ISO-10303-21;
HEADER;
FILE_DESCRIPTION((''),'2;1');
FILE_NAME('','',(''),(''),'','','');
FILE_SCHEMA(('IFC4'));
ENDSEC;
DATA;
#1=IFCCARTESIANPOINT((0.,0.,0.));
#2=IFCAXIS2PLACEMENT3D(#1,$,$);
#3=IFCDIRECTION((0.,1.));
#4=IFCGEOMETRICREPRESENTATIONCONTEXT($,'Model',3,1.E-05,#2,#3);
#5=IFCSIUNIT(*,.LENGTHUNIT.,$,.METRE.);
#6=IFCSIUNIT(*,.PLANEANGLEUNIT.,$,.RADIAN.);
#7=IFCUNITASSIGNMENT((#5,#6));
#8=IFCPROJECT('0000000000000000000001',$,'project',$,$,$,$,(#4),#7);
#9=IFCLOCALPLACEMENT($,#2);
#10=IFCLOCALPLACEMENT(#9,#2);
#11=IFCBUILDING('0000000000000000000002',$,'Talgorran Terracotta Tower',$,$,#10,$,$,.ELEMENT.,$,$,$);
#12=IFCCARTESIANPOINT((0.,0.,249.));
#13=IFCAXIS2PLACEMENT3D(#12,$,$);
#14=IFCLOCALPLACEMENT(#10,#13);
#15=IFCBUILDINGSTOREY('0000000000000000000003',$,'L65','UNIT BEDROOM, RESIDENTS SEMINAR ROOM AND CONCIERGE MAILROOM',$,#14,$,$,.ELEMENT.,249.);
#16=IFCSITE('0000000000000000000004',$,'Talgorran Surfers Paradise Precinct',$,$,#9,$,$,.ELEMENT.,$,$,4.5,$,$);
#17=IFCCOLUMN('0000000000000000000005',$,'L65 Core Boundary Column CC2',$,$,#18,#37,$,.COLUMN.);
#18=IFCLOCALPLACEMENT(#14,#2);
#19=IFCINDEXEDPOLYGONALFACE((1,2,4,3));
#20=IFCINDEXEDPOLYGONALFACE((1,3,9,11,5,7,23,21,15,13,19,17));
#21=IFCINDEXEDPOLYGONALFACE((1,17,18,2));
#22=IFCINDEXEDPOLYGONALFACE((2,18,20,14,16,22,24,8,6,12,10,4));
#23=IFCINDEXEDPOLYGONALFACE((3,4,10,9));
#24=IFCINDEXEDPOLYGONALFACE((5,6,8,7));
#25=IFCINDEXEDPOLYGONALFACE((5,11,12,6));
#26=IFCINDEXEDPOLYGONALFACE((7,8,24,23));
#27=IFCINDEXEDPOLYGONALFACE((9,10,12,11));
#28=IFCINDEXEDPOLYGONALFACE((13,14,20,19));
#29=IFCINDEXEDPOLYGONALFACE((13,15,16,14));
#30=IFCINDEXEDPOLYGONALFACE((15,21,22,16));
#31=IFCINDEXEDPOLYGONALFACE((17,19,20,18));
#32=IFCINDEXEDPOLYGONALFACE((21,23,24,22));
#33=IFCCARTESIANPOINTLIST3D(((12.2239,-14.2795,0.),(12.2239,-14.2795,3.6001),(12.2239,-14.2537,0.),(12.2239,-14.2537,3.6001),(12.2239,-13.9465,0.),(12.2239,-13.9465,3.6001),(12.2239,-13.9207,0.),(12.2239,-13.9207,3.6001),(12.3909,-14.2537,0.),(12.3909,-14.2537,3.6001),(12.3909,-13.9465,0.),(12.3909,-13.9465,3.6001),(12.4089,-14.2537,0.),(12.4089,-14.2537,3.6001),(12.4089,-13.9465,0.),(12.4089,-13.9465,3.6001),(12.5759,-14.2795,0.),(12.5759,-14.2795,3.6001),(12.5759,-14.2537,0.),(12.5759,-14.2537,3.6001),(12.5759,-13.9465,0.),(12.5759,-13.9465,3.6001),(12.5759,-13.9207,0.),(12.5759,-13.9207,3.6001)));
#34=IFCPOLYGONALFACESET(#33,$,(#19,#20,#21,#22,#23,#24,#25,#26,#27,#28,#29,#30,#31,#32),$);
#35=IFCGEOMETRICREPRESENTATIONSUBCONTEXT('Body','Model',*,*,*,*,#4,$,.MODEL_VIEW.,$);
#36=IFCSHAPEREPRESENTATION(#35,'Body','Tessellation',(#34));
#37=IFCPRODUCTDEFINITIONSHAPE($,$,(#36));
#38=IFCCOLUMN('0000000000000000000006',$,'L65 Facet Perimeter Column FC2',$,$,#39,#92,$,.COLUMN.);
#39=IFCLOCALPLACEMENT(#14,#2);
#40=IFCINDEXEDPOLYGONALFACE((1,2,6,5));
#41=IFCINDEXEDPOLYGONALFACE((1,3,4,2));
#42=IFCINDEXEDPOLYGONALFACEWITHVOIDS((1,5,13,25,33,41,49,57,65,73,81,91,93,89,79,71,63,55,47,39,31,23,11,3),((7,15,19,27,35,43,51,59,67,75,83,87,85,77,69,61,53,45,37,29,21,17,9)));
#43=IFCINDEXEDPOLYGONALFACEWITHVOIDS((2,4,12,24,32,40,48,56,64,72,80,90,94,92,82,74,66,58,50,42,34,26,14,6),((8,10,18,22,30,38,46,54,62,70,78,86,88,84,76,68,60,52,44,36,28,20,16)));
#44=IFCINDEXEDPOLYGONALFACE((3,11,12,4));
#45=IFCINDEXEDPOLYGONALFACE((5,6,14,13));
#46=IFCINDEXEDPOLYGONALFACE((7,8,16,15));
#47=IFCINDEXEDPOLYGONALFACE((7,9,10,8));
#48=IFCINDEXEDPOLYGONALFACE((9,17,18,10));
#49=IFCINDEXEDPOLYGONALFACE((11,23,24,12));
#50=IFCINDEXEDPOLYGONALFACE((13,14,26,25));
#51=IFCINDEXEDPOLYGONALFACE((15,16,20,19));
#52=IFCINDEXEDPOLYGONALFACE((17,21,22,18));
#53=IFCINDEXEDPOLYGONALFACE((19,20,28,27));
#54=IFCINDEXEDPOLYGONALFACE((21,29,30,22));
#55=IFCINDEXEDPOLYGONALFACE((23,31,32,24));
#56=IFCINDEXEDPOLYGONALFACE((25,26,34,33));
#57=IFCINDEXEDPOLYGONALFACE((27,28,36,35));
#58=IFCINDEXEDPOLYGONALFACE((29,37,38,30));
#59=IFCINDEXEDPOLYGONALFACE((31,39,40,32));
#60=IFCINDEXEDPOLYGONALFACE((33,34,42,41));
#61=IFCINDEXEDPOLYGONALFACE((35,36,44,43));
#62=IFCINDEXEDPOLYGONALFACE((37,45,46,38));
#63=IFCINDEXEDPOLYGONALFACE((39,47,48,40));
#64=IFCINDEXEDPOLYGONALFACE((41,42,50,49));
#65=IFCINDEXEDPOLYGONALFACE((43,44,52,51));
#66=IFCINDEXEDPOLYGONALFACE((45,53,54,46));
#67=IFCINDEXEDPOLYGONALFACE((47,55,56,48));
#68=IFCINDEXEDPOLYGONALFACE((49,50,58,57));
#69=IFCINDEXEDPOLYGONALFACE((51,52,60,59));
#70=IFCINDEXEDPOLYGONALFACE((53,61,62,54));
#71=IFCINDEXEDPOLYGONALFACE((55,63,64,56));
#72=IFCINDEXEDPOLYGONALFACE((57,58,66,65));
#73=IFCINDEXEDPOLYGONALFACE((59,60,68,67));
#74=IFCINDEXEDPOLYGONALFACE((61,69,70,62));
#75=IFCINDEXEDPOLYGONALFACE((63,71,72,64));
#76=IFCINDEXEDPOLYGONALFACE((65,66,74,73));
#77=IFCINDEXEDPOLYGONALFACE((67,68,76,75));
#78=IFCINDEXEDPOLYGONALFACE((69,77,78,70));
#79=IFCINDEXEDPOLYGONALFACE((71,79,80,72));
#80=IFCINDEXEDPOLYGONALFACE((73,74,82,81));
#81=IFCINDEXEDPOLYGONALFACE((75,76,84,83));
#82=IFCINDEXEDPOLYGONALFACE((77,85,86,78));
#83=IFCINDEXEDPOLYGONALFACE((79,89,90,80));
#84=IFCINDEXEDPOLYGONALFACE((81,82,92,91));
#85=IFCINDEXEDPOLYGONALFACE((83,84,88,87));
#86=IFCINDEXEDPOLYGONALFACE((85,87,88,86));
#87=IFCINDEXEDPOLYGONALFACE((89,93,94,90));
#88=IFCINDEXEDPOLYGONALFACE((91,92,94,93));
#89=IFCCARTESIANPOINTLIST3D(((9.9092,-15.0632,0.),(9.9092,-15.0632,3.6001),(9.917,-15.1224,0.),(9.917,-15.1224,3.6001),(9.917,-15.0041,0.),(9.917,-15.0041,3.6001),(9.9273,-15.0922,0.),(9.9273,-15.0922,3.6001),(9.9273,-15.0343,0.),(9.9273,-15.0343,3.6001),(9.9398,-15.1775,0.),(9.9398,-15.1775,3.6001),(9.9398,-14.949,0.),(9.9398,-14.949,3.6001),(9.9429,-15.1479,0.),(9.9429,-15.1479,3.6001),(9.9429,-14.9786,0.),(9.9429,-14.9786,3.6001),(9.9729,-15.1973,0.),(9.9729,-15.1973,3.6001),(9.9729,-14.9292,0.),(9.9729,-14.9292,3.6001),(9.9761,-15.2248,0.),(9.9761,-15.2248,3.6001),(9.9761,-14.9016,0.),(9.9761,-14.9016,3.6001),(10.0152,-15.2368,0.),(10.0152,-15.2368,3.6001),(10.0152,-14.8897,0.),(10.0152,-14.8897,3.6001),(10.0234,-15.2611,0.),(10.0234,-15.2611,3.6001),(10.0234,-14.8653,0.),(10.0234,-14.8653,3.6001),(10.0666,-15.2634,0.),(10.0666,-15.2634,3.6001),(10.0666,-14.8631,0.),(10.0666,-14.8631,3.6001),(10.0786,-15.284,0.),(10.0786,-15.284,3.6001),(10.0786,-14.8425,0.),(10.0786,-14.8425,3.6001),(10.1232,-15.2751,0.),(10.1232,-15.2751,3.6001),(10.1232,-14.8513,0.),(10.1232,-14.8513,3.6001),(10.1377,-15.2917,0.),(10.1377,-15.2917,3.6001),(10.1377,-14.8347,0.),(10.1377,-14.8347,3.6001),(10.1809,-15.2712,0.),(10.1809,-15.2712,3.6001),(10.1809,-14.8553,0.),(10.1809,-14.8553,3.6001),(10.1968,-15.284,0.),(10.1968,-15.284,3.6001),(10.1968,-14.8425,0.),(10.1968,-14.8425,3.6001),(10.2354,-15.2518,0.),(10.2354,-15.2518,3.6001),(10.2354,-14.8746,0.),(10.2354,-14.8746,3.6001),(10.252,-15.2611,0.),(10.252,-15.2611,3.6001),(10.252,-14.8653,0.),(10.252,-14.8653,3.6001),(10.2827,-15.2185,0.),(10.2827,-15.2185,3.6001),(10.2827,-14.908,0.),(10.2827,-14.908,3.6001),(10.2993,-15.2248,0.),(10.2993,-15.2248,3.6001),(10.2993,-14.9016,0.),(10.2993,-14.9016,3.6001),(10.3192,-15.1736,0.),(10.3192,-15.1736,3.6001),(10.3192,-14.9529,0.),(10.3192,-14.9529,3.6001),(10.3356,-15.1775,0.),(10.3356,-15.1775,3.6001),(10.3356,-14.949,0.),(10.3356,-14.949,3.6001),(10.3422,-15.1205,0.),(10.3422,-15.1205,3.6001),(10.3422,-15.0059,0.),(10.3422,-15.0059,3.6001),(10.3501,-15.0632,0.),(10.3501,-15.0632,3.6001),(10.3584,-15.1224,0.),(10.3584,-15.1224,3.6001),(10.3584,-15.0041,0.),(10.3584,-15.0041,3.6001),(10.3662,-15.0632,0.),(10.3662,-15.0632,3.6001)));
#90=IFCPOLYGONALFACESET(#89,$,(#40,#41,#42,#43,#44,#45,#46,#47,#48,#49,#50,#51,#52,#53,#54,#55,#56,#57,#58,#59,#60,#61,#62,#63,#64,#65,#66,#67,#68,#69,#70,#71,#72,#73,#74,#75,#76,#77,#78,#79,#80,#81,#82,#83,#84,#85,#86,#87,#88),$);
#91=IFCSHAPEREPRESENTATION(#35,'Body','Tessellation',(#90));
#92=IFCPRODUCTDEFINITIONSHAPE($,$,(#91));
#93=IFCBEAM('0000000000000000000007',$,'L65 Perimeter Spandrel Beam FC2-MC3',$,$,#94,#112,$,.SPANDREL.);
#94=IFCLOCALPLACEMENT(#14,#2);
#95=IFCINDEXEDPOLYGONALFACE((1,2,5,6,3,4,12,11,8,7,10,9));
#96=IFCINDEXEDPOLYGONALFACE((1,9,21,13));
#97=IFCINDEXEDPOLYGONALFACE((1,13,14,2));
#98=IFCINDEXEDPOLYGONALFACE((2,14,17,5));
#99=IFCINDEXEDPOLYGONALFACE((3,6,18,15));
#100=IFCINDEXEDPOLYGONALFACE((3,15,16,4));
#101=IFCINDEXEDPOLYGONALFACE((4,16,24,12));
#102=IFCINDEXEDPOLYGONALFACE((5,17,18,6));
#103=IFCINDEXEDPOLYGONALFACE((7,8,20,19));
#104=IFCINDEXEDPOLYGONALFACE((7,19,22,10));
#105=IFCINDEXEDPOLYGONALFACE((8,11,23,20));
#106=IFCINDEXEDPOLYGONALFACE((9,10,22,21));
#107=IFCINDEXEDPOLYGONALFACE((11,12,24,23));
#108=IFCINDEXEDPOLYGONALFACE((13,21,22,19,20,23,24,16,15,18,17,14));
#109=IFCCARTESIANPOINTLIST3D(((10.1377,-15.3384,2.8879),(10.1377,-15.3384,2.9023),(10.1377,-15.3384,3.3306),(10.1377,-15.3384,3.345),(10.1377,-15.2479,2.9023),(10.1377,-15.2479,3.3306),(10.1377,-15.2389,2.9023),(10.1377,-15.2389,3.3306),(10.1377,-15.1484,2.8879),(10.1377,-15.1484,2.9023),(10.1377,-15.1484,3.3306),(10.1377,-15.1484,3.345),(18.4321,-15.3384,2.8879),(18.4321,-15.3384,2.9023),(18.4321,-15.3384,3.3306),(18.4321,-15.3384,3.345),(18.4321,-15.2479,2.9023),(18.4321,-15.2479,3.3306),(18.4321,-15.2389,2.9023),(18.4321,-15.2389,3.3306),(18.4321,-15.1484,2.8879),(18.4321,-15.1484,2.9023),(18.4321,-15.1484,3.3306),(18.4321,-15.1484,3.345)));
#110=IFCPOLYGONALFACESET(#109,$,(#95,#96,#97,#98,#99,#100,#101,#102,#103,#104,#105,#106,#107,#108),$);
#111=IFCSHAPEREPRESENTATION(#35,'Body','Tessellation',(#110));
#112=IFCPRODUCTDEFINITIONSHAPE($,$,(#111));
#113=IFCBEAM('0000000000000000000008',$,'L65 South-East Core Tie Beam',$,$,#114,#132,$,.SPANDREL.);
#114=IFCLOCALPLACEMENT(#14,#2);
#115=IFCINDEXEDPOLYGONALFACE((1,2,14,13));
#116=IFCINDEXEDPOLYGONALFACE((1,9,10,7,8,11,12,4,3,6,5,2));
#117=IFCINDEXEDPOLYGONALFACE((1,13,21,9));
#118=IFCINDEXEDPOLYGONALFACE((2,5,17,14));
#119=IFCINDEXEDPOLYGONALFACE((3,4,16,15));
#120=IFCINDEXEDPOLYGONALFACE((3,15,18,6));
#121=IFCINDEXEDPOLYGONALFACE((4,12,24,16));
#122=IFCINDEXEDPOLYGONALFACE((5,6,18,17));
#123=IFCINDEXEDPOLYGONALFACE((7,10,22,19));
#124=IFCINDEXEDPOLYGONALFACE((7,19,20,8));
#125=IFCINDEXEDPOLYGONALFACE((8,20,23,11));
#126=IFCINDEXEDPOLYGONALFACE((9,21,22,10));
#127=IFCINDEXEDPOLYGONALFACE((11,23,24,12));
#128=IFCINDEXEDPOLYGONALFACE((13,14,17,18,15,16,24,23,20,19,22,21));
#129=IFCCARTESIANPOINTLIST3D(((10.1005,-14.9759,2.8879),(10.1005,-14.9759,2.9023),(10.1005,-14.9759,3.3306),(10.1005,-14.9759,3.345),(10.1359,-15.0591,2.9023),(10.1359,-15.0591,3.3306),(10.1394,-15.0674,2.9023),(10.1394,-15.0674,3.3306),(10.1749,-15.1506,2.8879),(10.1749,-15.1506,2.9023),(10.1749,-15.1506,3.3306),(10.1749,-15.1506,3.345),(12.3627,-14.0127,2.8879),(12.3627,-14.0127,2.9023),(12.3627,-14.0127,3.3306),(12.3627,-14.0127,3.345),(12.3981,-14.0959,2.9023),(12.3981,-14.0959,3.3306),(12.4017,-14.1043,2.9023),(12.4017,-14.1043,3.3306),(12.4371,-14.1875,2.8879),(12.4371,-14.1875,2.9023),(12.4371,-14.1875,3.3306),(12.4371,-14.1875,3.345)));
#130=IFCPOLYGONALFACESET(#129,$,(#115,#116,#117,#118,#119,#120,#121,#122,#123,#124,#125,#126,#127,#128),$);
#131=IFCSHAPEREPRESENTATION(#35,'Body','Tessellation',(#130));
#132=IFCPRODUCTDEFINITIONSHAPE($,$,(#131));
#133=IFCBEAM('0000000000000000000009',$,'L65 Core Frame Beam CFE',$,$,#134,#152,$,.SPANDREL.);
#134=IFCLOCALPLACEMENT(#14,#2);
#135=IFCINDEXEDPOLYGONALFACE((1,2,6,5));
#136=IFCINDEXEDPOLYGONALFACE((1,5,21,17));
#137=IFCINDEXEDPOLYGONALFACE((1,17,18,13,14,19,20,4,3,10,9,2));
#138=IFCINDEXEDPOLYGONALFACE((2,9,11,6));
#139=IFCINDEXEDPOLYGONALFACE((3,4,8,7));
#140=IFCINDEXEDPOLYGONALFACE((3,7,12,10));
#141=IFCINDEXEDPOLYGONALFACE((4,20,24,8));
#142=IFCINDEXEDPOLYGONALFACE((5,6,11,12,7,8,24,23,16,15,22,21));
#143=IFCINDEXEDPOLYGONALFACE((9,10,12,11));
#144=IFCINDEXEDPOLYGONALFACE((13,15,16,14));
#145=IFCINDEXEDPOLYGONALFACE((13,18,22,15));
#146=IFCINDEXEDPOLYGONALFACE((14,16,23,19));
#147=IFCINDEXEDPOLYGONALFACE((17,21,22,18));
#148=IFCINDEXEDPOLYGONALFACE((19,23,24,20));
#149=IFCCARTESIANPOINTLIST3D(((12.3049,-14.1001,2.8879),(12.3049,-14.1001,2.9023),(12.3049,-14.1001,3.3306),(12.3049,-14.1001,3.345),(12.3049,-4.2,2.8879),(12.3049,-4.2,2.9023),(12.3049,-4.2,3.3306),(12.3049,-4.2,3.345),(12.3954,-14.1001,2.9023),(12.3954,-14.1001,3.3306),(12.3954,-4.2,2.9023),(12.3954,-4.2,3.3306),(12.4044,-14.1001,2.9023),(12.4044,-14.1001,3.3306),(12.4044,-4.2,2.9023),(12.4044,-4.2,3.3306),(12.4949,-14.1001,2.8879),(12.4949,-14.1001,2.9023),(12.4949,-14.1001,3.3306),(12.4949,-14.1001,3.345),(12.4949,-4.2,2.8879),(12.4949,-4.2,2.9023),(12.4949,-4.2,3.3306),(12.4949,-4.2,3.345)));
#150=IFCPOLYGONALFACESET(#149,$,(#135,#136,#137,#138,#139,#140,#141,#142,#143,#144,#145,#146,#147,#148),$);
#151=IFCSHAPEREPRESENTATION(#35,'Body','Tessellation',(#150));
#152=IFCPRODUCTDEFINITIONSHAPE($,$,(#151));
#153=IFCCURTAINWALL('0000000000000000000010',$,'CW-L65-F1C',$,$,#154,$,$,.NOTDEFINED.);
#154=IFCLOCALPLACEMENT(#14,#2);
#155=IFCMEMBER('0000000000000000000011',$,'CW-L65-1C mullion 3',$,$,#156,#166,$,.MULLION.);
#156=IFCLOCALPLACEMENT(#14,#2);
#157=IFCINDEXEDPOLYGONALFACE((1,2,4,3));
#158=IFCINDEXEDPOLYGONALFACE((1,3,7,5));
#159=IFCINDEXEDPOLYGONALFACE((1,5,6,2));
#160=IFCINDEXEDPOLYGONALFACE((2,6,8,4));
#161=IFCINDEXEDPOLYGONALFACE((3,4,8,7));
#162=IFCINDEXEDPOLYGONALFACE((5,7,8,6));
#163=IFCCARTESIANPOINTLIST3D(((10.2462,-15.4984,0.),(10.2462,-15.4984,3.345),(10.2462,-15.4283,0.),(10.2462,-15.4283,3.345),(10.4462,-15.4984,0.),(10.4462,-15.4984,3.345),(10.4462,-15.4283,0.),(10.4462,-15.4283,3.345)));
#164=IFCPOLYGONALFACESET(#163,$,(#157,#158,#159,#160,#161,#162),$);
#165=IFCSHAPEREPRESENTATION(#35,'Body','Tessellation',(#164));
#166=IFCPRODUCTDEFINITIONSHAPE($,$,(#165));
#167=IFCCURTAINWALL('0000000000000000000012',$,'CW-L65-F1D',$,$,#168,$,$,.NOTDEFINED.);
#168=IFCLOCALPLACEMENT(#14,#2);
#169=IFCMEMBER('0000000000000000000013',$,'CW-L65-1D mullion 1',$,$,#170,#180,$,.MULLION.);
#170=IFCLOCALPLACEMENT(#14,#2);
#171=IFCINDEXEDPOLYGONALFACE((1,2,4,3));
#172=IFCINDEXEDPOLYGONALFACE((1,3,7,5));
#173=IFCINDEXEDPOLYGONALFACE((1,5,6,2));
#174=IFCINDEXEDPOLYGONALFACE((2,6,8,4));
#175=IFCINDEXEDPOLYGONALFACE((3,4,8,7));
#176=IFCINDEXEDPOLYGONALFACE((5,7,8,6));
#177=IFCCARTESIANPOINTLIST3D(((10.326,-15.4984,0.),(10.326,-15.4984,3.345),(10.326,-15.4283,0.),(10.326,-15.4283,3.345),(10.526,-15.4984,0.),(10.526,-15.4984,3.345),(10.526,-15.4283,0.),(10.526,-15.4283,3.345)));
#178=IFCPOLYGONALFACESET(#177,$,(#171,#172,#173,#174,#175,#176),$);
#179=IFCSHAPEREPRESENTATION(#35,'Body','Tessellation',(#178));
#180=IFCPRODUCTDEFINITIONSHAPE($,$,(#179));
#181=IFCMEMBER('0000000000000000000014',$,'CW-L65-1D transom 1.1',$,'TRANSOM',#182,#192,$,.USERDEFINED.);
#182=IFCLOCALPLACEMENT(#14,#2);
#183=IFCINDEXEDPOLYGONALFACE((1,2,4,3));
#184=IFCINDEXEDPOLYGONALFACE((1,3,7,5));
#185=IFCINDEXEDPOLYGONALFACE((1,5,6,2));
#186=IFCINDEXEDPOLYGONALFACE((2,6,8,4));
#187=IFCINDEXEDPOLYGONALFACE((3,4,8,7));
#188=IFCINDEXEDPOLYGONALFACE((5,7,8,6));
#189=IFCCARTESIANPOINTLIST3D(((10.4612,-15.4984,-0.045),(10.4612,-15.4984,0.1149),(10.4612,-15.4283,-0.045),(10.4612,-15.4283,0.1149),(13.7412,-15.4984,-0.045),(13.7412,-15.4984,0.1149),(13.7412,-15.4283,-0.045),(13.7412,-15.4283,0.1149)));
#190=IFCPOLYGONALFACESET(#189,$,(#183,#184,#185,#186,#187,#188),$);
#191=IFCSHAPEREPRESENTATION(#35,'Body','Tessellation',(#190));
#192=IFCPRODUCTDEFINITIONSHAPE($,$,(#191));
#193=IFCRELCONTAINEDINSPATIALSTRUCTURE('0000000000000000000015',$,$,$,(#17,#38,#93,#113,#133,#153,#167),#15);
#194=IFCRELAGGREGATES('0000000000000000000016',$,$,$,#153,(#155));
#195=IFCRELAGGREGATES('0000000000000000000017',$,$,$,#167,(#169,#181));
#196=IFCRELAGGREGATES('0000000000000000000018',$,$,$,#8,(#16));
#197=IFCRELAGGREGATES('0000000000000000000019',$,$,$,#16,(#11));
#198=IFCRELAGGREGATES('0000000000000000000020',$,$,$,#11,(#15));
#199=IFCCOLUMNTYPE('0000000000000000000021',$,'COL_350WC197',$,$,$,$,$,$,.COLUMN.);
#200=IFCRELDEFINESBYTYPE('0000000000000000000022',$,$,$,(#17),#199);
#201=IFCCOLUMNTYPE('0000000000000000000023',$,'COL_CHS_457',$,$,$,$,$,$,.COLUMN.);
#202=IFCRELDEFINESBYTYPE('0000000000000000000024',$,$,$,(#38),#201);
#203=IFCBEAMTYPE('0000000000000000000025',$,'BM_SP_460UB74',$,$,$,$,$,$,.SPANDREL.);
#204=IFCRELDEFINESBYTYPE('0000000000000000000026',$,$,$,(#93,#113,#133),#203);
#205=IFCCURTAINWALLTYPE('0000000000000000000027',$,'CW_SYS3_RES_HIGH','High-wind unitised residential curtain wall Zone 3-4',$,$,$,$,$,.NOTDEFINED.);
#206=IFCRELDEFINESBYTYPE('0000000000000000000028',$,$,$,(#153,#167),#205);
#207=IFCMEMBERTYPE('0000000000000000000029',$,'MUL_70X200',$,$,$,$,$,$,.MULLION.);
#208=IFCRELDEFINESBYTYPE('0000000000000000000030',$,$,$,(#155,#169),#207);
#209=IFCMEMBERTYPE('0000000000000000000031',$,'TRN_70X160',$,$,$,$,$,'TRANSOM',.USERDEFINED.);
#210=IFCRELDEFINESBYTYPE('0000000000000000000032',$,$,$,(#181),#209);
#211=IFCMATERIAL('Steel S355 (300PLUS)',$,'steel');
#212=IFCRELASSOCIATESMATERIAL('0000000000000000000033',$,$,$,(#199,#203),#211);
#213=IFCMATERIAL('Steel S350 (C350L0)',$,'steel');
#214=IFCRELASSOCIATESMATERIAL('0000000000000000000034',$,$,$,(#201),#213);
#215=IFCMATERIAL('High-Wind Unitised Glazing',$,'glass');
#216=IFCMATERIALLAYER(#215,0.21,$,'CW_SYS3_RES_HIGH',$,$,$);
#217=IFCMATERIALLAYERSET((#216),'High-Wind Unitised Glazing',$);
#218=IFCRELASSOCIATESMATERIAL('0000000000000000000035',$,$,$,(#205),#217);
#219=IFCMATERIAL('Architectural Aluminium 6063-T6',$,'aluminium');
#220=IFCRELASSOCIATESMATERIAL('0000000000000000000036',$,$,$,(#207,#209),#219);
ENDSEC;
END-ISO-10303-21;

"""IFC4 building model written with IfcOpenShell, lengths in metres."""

from ifc_helpers import new_model, si_unit, direction, frame, origin, origin_2d, place, context, subcontext, project, spatial, rectangle, hollow_circle, i_section, extrude, material, layer, layer_set, material_profile, profile_set, type_object, element, aggregate, save


model = new_model("IFC4")

# Units and contexts
model_context = context("Model", 3, precision=1e-05, world=origin(), true_north=direction((0.0, 1.0)))
body_context = subcontext(model_context, "Body", "Model", "MODEL_VIEW")
ifc_project = project(units=[si_unit("LENGTHUNIT", "METRE"), si_unit("PLANEANGLEUNIT", "RADIAN")], contexts=[model_context])

# Site, building, storey
site_placement = place(None, origin())
site = spatial("IfcSite", under=ifc_project, at=site_placement, Name="Talgorran Surfers Paradise Precinct", CompositionType="ELEMENT", RefElevation=4.5)
building_placement = place(site_placement, origin())
building = spatial("IfcBuilding", under=site, at=building_placement, Name="Talgorran Terracotta Tower", CompositionType="ELEMENT")
storey_placement = place(building_placement, frame((0.0, 0.0, 249.0)))
storey = spatial("IfcBuildingStorey", under=building, at=storey_placement, Name="L65", Description="UNIT BEDROOM, RESIDENTS SEMINAR ROOM AND CONCIERGE MAILROOM", CompositionType="ELEMENT", Elevation=249.0)

# Columns
ifc_material_1 = material(Name="Steel S355 (300PLUS)", Category="steel")
ifc_material_profile_1 = material_profile(ifc_material_1, i_section(OverallWidth=0.3521, OverallDepth=0.3589, WebThickness=0.0181, FlangeThickness=0.0259, at=origin_2d()), Name="350WC197")
ifc_profile_set_1 = profile_set([ifc_material_profile_1], Name="Steel S355 (300PLUS)")
column_type_1 = type_object("IfcColumnType", Name="COL_350WC197", PredefinedType="COLUMN", material=ifc_profile_set_1)
column_1_placement = place(storey_placement, frame((12.3999, -14.1001, 0.0), z_axis=(0.0, 0.0, 1.0), x_axis=(1.0, 0.0, 0.0)))
element("IfcColumn", 1, at=column_1_placement, inside=storey, type_object=column_type_1, Name="L65 Core Boundary Column CC2", PredefinedType="COLUMN", context=body_context, shape_type="SweptSolid", body=[
    extrude(i_section(OverallWidth=0.3521, OverallDepth=0.3589, WebThickness=0.0181, FlangeThickness=0.0259, at=origin_2d()), origin(), (0.0, 0.0, 1.0), 3.6001),
])
ifc_material_2 = material(Name="Steel S350 (C350L0)", Category="steel")
ifc_material_profile_2 = material_profile(ifc_material_2, hollow_circle(Radius=0.2285, WallThickness=0.0161, at=origin_2d()), Name="CHS457X16")
ifc_profile_set_2 = profile_set([ifc_material_profile_2], Name="Steel S350 (C350L0)")
column_type_2 = type_object("IfcColumnType", Name="COL_CHS_457", PredefinedType="COLUMN", material=ifc_profile_set_2)
column_2_placement = place(storey_placement, frame((10.1377, -15.0632, 0.0), z_axis=(0.0, 0.0, 1.0), x_axis=(1.0, 0.0, 0.0)))
element("IfcColumn", 2, at=column_2_placement, inside=storey, type_object=column_type_2, Name="L65 Facet Perimeter Column FC2", PredefinedType="COLUMN", context=body_context, shape_type="SweptSolid", body=[
    extrude(hollow_circle(Radius=0.2285, WallThickness=0.0161, at=origin_2d()), origin(), (0.0, 0.0, 1.0), 3.6001),
])

# Beams
ifc_material_profile_3 = material_profile(ifc_material_1, i_section(OverallWidth=0.1899, OverallDepth=0.457, WebThickness=0.009, FlangeThickness=0.0144, at=origin_2d()), Name="460UB74.6")
ifc_profile_set_3 = profile_set([ifc_material_profile_3], Name="Steel S355 (300PLUS)")
beam_type = type_object("IfcBeamType", Name="BM_SP_460UB74", PredefinedType="SPANDREL", material=ifc_profile_set_3)
beam_1_placement = place(storey_placement, frame((10.1377, -15.2434, 3.1165), z_axis=(1.0, 0.0, 0.0), x_axis=(0.0, 1.0, 0.0)))
element("IfcBeam", 3, at=beam_1_placement, inside=storey, type_object=beam_type, Name="L65 Perimeter Spandrel Beam FC2-MC3", PredefinedType="SPANDREL", context=body_context, shape_type="SweptSolid", body=[
    extrude(i_section(OverallWidth=0.1899, OverallDepth=0.457, WebThickness=0.009, FlangeThickness=0.0144, at=origin_2d()), origin(), (0.0, 0.0, 1.0), 8.2944),
])
beam_2_placement = place(storey_placement, frame((12.3999, -14.1001, 3.1165), z_axis=(-0.920082, -0.391725, 0.0), x_axis=(0.391725, -0.920082, 0.0)))
element("IfcBeam", 4, at=beam_2_placement, inside=storey, type_object=beam_type, Name="L65 South-East Core Tie Beam", PredefinedType="SPANDREL", context=body_context, shape_type="SweptSolid", body=[
    extrude(i_section(OverallWidth=0.1899, OverallDepth=0.457, WebThickness=0.009, FlangeThickness=0.0144, at=origin_2d()), origin(), (0.0, 0.0, 1.0), 2.4587),
])
beam_3_placement = place(storey_placement, frame((12.3999, -14.1001, 3.1165), z_axis=(0.0, 1.0, 0.0), x_axis=(-1.0, 0.0, 0.0)))
element("IfcBeam", 5, at=beam_3_placement, inside=storey, type_object=beam_type, Name="L65 Core Frame Beam CFE", PredefinedType="SPANDREL", context=body_context, shape_type="SweptSolid", body=[
    extrude(i_section(OverallWidth=0.1899, OverallDepth=0.457, WebThickness=0.009, FlangeThickness=0.0144, at=origin_2d()), origin(), (0.0, 0.0, 1.0), 9.9001),
])

# Curtain wall, member
ifc_material_3 = material(Name="High-Wind Unitised Glazing", Category="glass")
ifc_layer_1 = layer(ifc_material_3, 0.21, Name="CW_SYS3_RES_HIGH")
ifc_layer_set_1 = layer_set([ifc_layer_1], Name="High-Wind Unitised Glazing")
curtain_wall_type = type_object("IfcCurtainWallType", Name="CW_SYS3_RES_HIGH", Description="High-wind unitised residential curtain wall Zone 3-4", PredefinedType="NOTDEFINED", material=ifc_layer_set_1)
curtain_wall_1_placement = place(storey_placement, origin())
curtain_wall_1 = element("IfcCurtainWall", 6, at=curtain_wall_1_placement, inside=storey, type_object=curtain_wall_type, Name="CW-L65-F1C", PredefinedType="NOTDEFINED")
ifc_material_4 = material(Name="Architectural Aluminium 6063-T6", Category="aluminium")
ifc_material_profile_4 = material_profile(ifc_material_4, rectangle(XDim=0.0701, YDim=0.2, at=origin_2d()), Name="CWM70X200")
ifc_profile_set_4 = profile_set([ifc_material_profile_4], Name="Architectural Aluminium 6063-T6")
member_type_1 = type_object("IfcMemberType", Name="MUL_70X200", PredefinedType="MULLION", material=ifc_profile_set_4)
member_1_placement = place(storey_placement, frame((10.3462, -15.4634, 0.0), z_axis=(0.0, 0.0, 1.0), x_axis=(0.0, 1.0, 0.0)))
member_1 = element("IfcMember", 7, at=member_1_placement, type_object=member_type_1, Name="CW-L65-1C mullion 3", PredefinedType="MULLION", context=body_context, shape_type="SweptSolid", body=[
    extrude(rectangle(XDim=0.0701, YDim=0.2, at=origin_2d()), origin(), (0.0, 0.0, 1.0), 3.345),
])
aggregate(curtain_wall_1, [member_1])

# Curtain wall, members
curtain_wall_2_placement = place(storey_placement, origin())
curtain_wall_2 = element("IfcCurtainWall", 8, at=curtain_wall_2_placement, inside=storey, type_object=curtain_wall_type, Name="CW-L65-F1D", PredefinedType="NOTDEFINED")
member_2_placement = place(storey_placement, frame((10.426, -15.4634, 0.0), z_axis=(0.0, 0.0, 1.0), x_axis=(0.0, 1.0, 0.0)))
member_2 = element("IfcMember", 9, at=member_2_placement, type_object=member_type_1, Name="CW-L65-1D mullion 1", PredefinedType="MULLION", context=body_context, shape_type="SweptSolid", body=[
    extrude(rectangle(XDim=0.0701, YDim=0.2, at=origin_2d()), origin(), (0.0, 0.0, 1.0), 3.345),
])
ifc_material_profile_5 = material_profile(ifc_material_4, rectangle(XDim=0.0701, YDim=0.1599, at=origin_2d()), Name="CWT70X160")
ifc_profile_set_5 = profile_set([ifc_material_profile_5], Name="Architectural Aluminium 6063-T6")
member_type_2 = type_object("IfcMemberType", Name="TRN_70X160", ElementType="TRANSOM", PredefinedType="USERDEFINED", material=ifc_profile_set_5)
member_3_placement = place(storey_placement, frame((10.4612, -15.4634, 0.0349), z_axis=(1.0, 0.0, 0.0), x_axis=(0.0, 1.0, 0.0)))
member_3 = element("IfcMember", 10, at=member_3_placement, type_object=member_type_2, Name="CW-L65-1D transom 1.1", ObjectType="TRANSOM", PredefinedType="USERDEFINED", context=body_context, shape_type="SweptSolid", body=[
    extrude(rectangle(XDim=0.0701, YDim=0.1599, at=origin_2d()), origin(), (0.0, 0.0, 1.0), 3.28),
])

aggregate(curtain_wall_2, [member_2, member_3])

save(model, "model.ifc")
